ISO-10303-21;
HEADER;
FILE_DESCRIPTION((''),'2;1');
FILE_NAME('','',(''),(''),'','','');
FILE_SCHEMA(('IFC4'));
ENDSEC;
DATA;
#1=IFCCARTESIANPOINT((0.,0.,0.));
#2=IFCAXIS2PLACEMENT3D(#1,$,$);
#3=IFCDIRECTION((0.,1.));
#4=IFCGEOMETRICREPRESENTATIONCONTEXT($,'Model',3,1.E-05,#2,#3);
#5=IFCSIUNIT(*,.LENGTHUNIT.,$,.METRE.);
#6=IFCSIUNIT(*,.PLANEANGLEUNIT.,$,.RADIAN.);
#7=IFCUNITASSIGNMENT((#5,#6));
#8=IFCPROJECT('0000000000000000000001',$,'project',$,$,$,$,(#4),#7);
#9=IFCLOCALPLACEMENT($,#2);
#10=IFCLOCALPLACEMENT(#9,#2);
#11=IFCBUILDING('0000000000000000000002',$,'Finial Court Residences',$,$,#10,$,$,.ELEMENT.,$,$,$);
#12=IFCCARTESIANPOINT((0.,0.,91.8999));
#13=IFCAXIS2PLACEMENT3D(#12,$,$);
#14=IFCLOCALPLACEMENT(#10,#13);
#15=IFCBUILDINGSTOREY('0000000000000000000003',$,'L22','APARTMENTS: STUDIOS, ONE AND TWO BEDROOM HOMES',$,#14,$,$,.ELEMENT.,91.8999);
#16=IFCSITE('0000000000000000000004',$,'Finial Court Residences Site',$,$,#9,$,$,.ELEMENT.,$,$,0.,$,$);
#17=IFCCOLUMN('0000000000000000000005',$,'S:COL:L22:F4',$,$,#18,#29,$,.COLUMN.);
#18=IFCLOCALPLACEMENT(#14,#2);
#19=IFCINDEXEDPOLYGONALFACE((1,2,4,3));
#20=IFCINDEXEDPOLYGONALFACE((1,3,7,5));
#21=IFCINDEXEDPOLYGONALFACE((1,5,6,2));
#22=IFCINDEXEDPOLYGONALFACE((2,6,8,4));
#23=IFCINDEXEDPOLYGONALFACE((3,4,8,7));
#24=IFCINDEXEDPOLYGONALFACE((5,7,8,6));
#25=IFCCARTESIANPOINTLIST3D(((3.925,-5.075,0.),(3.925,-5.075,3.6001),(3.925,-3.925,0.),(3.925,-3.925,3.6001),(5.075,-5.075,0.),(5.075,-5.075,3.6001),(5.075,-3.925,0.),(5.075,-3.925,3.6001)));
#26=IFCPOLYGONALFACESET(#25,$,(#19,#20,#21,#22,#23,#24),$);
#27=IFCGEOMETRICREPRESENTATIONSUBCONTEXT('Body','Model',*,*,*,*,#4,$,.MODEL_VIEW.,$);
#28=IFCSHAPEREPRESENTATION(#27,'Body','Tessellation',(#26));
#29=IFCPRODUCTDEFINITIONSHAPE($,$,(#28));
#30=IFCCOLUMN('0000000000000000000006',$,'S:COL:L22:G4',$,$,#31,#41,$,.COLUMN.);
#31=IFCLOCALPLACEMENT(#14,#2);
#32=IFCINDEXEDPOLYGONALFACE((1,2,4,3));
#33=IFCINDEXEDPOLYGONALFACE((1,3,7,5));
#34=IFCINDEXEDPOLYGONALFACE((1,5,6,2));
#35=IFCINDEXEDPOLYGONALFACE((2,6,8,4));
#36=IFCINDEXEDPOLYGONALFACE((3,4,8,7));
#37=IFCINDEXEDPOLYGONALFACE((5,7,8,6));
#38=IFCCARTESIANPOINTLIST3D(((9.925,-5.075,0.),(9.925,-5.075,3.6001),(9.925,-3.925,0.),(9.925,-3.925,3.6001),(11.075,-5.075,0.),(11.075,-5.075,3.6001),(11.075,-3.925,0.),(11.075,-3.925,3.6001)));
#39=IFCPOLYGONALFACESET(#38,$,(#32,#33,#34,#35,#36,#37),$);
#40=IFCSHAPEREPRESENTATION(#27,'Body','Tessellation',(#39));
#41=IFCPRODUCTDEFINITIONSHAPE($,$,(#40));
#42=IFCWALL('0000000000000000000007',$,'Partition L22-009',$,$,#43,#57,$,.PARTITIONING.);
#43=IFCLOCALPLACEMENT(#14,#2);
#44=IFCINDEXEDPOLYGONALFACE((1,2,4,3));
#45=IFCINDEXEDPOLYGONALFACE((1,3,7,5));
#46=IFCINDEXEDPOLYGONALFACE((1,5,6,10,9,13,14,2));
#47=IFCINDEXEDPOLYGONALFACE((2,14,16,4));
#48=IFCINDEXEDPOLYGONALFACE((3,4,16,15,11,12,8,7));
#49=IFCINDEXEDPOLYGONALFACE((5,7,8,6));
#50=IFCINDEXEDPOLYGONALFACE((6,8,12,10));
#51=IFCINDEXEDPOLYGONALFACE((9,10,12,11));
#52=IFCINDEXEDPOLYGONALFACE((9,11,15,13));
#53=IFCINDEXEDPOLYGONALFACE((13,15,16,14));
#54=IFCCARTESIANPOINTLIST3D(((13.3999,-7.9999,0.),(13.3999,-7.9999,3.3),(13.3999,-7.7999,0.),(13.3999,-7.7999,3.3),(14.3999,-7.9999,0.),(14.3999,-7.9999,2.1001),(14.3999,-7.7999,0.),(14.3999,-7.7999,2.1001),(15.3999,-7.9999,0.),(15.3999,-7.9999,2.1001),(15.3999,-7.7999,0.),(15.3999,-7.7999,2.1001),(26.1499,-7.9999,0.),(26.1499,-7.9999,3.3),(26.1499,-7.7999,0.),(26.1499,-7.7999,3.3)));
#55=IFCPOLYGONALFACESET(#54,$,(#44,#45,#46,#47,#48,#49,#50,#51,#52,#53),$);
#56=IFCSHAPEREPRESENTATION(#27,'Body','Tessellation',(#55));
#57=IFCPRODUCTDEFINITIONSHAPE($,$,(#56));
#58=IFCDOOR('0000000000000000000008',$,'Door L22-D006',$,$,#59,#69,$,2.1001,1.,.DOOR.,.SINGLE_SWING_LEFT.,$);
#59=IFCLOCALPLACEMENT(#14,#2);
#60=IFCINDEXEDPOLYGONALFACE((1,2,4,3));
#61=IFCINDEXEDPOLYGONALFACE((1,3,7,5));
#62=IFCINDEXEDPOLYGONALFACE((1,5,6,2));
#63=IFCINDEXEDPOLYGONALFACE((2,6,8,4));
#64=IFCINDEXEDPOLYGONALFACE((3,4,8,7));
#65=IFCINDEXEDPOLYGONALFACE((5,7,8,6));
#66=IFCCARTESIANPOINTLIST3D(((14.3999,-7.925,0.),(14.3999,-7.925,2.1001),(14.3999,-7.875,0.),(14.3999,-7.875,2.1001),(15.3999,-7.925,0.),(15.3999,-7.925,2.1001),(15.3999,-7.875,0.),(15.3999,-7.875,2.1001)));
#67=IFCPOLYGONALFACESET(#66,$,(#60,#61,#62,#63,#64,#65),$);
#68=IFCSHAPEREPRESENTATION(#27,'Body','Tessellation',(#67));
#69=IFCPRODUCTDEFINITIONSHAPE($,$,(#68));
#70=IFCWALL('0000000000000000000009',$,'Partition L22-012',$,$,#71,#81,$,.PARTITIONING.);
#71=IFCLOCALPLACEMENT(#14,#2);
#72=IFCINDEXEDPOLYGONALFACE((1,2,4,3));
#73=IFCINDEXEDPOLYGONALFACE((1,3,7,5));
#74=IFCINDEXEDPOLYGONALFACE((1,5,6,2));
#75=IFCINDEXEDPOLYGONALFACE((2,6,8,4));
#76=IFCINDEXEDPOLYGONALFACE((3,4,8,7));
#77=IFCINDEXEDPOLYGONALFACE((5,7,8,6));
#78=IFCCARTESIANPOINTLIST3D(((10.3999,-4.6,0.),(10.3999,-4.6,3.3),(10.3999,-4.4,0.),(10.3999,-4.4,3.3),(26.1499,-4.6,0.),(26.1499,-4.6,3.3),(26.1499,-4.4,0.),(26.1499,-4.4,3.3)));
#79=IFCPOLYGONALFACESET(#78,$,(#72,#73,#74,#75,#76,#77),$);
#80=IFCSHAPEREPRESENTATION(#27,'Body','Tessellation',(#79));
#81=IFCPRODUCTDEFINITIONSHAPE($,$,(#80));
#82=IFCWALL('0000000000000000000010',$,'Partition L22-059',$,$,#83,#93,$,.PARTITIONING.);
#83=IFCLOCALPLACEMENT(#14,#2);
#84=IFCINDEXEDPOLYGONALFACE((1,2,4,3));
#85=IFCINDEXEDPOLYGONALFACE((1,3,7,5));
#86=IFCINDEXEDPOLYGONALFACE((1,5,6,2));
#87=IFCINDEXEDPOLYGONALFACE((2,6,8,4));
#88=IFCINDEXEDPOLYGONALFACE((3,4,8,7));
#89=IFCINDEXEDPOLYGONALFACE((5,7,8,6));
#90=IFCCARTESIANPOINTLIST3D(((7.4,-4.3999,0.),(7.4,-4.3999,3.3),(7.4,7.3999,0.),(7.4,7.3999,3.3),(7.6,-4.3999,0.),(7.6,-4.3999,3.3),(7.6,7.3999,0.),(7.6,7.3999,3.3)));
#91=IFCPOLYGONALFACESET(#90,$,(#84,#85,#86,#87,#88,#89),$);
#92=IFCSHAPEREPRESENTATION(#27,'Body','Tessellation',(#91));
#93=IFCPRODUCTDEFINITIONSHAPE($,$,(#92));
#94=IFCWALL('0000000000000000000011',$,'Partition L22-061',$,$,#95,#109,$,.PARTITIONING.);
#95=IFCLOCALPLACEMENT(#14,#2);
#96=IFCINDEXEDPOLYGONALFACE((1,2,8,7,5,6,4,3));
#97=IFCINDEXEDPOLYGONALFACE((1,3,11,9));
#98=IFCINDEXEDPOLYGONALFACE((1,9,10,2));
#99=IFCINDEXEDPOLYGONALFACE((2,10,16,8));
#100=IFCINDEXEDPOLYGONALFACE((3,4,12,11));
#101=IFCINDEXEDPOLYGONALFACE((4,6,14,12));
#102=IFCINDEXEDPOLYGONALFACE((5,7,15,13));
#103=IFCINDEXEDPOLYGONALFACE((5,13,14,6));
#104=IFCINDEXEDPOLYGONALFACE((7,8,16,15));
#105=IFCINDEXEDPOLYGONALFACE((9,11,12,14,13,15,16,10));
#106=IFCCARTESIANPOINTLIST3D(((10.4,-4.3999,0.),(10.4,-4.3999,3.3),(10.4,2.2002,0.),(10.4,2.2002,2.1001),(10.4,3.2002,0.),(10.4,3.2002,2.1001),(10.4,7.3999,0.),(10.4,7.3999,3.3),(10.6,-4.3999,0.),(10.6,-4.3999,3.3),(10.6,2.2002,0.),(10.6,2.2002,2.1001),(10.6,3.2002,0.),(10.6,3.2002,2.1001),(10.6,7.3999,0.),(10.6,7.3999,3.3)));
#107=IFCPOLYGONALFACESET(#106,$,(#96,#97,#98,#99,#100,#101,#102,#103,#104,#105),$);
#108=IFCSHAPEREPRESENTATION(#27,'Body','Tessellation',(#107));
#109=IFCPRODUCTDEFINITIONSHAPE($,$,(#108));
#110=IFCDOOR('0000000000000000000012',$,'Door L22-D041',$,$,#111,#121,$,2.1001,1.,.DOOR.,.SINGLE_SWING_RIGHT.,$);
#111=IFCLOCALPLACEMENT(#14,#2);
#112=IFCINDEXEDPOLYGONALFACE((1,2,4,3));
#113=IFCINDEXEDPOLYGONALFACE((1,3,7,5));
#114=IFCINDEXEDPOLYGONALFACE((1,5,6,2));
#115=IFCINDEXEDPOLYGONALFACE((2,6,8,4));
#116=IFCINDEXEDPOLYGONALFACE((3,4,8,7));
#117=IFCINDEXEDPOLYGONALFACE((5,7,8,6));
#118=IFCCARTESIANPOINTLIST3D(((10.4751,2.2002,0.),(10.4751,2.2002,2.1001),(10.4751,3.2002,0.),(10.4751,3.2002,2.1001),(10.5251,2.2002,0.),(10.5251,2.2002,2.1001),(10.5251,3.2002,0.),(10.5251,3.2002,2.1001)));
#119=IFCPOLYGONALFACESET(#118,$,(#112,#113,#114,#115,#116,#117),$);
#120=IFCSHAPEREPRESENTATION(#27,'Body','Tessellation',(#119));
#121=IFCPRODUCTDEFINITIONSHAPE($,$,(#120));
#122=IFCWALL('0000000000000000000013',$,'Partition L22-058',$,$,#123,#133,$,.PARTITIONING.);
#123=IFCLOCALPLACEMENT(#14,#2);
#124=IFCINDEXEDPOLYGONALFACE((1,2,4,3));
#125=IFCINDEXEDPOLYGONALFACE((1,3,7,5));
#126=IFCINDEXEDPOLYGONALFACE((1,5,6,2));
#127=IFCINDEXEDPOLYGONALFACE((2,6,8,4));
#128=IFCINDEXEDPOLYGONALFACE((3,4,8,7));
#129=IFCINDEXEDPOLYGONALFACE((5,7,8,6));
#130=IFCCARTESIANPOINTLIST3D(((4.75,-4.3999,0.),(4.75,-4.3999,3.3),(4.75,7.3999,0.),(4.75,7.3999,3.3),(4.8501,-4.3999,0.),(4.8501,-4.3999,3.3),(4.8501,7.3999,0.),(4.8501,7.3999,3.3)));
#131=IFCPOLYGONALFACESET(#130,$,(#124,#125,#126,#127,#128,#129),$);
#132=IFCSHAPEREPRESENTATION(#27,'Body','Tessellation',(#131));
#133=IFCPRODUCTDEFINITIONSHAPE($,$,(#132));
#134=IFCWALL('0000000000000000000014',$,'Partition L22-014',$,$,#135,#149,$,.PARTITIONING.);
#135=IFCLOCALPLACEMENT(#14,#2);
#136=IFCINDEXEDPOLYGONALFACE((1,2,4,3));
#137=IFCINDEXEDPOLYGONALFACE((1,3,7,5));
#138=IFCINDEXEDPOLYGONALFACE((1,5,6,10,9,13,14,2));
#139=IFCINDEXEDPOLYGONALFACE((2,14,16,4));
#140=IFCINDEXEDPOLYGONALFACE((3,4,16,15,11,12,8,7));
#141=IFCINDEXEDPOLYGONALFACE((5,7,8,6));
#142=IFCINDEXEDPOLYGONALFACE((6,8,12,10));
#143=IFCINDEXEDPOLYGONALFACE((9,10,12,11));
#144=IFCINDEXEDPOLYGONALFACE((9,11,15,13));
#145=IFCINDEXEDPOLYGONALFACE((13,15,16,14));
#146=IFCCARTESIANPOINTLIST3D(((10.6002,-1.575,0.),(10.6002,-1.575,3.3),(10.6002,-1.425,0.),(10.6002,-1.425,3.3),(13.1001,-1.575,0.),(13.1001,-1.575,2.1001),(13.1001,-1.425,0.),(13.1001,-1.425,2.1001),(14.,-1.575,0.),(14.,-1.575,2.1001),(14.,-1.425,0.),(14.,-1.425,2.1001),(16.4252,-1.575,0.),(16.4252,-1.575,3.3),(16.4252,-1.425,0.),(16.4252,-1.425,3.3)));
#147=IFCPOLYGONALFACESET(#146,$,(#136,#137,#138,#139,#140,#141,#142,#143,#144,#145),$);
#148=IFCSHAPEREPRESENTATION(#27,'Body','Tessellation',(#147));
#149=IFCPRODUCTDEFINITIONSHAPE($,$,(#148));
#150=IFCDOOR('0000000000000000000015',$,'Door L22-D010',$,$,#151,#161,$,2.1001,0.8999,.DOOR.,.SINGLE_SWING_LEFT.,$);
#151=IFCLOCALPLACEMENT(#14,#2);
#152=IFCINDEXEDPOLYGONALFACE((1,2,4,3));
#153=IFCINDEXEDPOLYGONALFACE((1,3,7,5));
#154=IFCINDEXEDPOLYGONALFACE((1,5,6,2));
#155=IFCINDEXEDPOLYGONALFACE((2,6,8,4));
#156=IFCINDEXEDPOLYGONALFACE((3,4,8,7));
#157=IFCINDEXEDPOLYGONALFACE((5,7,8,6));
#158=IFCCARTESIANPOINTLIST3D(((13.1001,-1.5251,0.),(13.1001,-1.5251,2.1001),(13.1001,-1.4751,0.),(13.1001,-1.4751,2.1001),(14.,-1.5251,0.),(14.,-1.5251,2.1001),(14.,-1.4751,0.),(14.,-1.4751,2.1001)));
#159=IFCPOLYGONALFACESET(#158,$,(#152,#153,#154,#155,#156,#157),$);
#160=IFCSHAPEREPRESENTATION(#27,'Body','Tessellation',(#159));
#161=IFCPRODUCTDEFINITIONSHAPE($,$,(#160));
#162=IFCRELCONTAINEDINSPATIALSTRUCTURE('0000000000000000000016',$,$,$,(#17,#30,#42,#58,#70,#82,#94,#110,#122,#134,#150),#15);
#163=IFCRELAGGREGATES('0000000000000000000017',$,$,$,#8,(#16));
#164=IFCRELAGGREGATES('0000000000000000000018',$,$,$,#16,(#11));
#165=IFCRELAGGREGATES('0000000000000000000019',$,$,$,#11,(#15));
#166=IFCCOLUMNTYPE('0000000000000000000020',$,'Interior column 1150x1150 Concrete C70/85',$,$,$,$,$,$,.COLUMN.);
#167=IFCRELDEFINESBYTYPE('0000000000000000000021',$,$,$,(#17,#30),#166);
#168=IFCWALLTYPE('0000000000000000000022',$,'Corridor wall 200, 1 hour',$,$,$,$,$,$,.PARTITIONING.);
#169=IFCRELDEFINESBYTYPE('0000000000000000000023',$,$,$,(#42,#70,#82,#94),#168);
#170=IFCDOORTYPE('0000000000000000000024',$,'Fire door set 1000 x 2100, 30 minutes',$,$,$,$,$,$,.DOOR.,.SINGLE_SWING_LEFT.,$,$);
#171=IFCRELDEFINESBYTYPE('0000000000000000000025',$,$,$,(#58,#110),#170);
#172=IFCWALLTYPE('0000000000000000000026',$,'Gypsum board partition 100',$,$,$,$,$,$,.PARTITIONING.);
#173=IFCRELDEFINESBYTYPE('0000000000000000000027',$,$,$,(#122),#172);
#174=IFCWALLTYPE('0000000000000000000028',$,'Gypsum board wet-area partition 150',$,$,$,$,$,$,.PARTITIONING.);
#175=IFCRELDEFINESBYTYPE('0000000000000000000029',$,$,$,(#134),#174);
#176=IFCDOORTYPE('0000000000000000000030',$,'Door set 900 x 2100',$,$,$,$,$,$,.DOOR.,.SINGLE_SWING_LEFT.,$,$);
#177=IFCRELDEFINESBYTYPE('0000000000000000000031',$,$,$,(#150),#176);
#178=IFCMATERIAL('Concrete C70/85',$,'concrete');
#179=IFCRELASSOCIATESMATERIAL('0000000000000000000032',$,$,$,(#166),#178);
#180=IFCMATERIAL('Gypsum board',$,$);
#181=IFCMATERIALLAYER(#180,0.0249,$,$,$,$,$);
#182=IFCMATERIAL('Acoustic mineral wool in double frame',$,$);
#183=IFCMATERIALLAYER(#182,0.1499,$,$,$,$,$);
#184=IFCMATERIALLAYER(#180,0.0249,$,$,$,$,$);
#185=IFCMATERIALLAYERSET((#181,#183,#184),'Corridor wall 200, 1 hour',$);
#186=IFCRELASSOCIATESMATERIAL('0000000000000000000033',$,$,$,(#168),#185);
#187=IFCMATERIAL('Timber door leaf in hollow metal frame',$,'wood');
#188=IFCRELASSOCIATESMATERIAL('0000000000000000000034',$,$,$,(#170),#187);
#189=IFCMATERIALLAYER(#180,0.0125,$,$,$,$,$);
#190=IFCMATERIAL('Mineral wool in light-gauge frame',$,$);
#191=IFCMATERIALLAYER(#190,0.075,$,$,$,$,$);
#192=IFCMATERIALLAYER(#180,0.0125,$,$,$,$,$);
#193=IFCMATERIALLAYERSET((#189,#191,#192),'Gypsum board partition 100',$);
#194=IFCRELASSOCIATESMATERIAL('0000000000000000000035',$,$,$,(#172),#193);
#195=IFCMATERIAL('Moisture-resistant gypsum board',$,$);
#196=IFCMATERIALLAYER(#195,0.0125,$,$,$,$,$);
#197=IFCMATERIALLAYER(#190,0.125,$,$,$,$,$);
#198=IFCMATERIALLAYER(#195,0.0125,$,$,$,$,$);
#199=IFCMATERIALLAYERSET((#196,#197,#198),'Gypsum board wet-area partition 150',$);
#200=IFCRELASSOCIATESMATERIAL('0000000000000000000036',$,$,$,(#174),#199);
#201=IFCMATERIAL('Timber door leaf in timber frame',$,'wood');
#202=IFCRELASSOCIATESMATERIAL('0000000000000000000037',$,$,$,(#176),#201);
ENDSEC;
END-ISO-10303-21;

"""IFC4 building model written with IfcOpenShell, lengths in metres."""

from ifc_helpers import new_model, si_unit, direction, frame, frame_2d, origin, origin_2d, place, context, subcontext, project, spatial, rectangle, extrude, material, layer, layer_set, material_profile, profile_set, type_object, element, fill, save


model = new_model("IFC4")

# Units and contexts
model_context = context("Model", 3, precision=1e-05, world=origin(), true_north=direction((0.0, 1.0)))
body_context = subcontext(model_context, "Body", "Model", "MODEL_VIEW")
ifc_project = project(units=[si_unit("LENGTHUNIT", "METRE"), si_unit("PLANEANGLEUNIT", "RADIAN")], contexts=[model_context])

# Site, building, storey
site_placement = place(None, origin())
site = spatial("IfcSite", under=ifc_project, at=site_placement, Name="Finial Court Residences Site", CompositionType="ELEMENT", RefElevation=0.0)
building_placement = place(site_placement, origin())
building = spatial("IfcBuilding", under=site, at=building_placement, Name="Finial Court Residences", CompositionType="ELEMENT")
storey_placement = place(building_placement, frame((0.0, 0.0, 91.8999)))
storey = spatial("IfcBuildingStorey", under=building, at=storey_placement, Name="L22", Description="APARTMENTS: STUDIOS, ONE AND TWO BEDROOM HOMES", CompositionType="ELEMENT", Elevation=91.8999)

# Columns
ifc_material_1 = material(Name="Concrete C70/85", Category="concrete")
ifc_material_profile = material_profile(ifc_material_1, rectangle(XDim=1.1499, YDim=1.1499, at=origin_2d()), Name="1150x1150")
ifc_profile_set = profile_set([ifc_material_profile], Name="Concrete C70/85")
column_type = type_object("IfcColumnType", Name="Interior column 1150x1150 Concrete C70/85", PredefinedType="COLUMN", material=ifc_profile_set)
for number, where, z_axis, x_axis, name in (
    (1, (4.5, -4.5, 0.0), (0.0, 0.0, 1.0), (1.0, 0.0, 0.0), "S:COL:L22:F4"),
    (2, (10.5, -4.5, 0.0), (0.0, 0.0, 1.0), (1.0, 0.0, 0.0), "S:COL:L22:G4"),
):
    element("IfcColumn", number, at=place(storey_placement, frame(where, z_axis=z_axis, x_axis=x_axis)), inside=storey, type_object=column_type, Name=name, PredefinedType="COLUMN", context=body_context, shape_type="SweptSolid", body=[
        extrude(rectangle(XDim=1.1499, YDim=1.1499, at=origin_2d()), origin(), (0.0, 0.0, 1.0), 3.6001),
    ])

# Wall, opening, door
ifc_material_2 = material(Name="Gypsum board")
ifc_layer_1 = layer(ifc_material_2, 0.0249)
ifc_material_3 = material(Name="Acoustic mineral wool in double frame")
ifc_layer_2 = layer(ifc_material_3, 0.1499)
ifc_layer_3 = layer(ifc_material_2, 0.0249)
ifc_layer_set_1 = layer_set([ifc_layer_1, ifc_layer_2, ifc_layer_3], Name="Corridor wall 200, 1 hour")
wall_type_1 = type_object("IfcWallType", Name="Corridor wall 200, 1 hour", PredefinedType="PARTITIONING", material=ifc_layer_set_1)
wall_1_placement = place(storey_placement, frame((13.3999, -7.8999, 0.0), z_axis=(0.0, 0.0, 1.0), x_axis=(1.0, 0.0, 0.0)))
wall_1 = element("IfcWall", 3, at=wall_1_placement, inside=storey, type_object=wall_type_1, Name="Partition L22-009", PredefinedType="PARTITIONING", context=body_context, shape_type="SweptSolid", body=[
    extrude(rectangle(XDim=12.75, YDim=0.2, at=frame_2d((6.375, 0.0))), origin(), (0.0, 0.0, 1.0), 3.3),
])
opening_1_placement = place(wall_1_placement, frame((1.0, 0.0, 0.0)))
opening_1 = element("IfcOpeningElement", 4, at=opening_1_placement, cuts=wall_1, PredefinedType="OPENING", context=body_context, shape_type="SweptSolid", body=[
    extrude(rectangle(XDim=1.0, YDim=2.1001, at=frame_2d((0.5, 1.05))), frame((0.0, 0.1099, 0.0), z_axis=(0.0, -1.0, 0.0), x_axis=(1.0, 0.0, 0.0)), (0.0, 0.0, 1.0), 0.22),
])
ifc_material_4 = material(Name="Timber door leaf in hollow metal frame", Category="wood")
door_type_1 = type_object("IfcDoorType", Name="Fire door set 1000 x 2100, 30 minutes", OperationType="SINGLE_SWING_LEFT", PredefinedType="DOOR", material=ifc_material_4)
door_1_placement = place(opening_1_placement, origin())
door_1 = element("IfcDoor", 5, at=door_1_placement, inside=storey, type_object=door_type_1, Name="Door L22-D006", OperationType="SINGLE_SWING_LEFT", OverallHeight=2.1001, OverallWidth=1.0, PredefinedType="DOOR", context=body_context, shape_type="SweptSolid", body=[
    extrude(rectangle(XDim=1.0, YDim=2.1001, at=frame_2d((0.5, 1.05))), frame((0.0, 0.0249, 0.0), z_axis=(0.0, -1.0, 0.0), x_axis=(1.0, 0.0, 0.0)), (0.0, 0.0, 1.0), 0.05),
])
fill(opening_1, door_1)

# Walls
wall_2_placement = place(storey_placement, frame((10.3999, -4.5, 0.0), z_axis=(0.0, 0.0, 1.0), x_axis=(1.0, 0.0, 0.0)))
element("IfcWall", 6, at=wall_2_placement, inside=storey, type_object=wall_type_1, Name="Partition L22-012", PredefinedType="PARTITIONING", context=body_context, shape_type="SweptSolid", body=[
    extrude(rectangle(XDim=15.75, YDim=0.2, at=frame_2d((7.875, 0.0))), origin(), (0.0, 0.0, 1.0), 3.3),
])
wall_3_placement = place(storey_placement, frame((7.5, -4.3999, 0.0), z_axis=(0.0, 0.0, 1.0), x_axis=(0.0, 1.0, 0.0)))
element("IfcWall", 7, at=wall_3_placement, inside=storey, type_object=wall_type_1, Name="Partition L22-059", PredefinedType="PARTITIONING", context=body_context, shape_type="SweptSolid", body=[
    extrude(rectangle(XDim=11.7998, YDim=0.2, at=frame_2d((5.8999, 0.0))), origin(), (0.0, 0.0, 1.0), 3.3),
])

# Wall, opening, door
wall_4_placement = place(storey_placement, frame((10.5, -4.3999, 0.0), z_axis=(0.0, 0.0, 1.0), x_axis=(0.0, 1.0, 0.0)))
wall_4 = element("IfcWall", 8, at=wall_4_placement, inside=storey, type_object=wall_type_1, Name="Partition L22-061", PredefinedType="PARTITIONING", context=body_context, shape_type="SweptSolid", body=[
    extrude(rectangle(XDim=11.7998, YDim=0.2, at=frame_2d((5.8999, 0.0))), origin(), (0.0, 0.0, 1.0), 3.3),
])
opening_2_placement = place(wall_4_placement, frame((6.6001, 0.0, 0.0)))
opening_2 = element("IfcOpeningElement", 9, at=opening_2_placement, cuts=wall_4, PredefinedType="OPENING", context=body_context, shape_type="SweptSolid", body=[
    extrude(rectangle(XDim=1.0, YDim=2.1001, at=frame_2d((0.5, 1.05))), frame((0.0, 0.1099, 0.0), z_axis=(0.0, -1.0, 0.0), x_axis=(1.0, 0.0, 0.0)), (0.0, 0.0, 1.0), 0.22),
])
door_2_placement = place(opening_2_placement, origin())
door_2 = element("IfcDoor", 10, at=door_2_placement, inside=storey, type_object=door_type_1, Name="Door L22-D041", OperationType="SINGLE_SWING_RIGHT", OverallHeight=2.1001, OverallWidth=1.0, PredefinedType="DOOR", context=body_context, shape_type="SweptSolid", body=[
    extrude(rectangle(XDim=1.0, YDim=2.1001, at=frame_2d((0.5, 1.05))), frame((0.0, 0.0249, 0.0), z_axis=(0.0, -1.0, 0.0), x_axis=(1.0, 0.0, 0.0)), (0.0, 0.0, 1.0), 0.05),
])
fill(opening_2, door_2)

# Wall
ifc_layer_4 = layer(ifc_material_2, 0.0125)
ifc_material_5 = material(Name="Mineral wool in light-gauge frame")
ifc_layer_5 = layer(ifc_material_5, 0.075)
ifc_layer_6 = layer(ifc_material_2, 0.0125)
ifc_layer_set_2 = layer_set([ifc_layer_4, ifc_layer_5, ifc_layer_6], Name="Gypsum board partition 100")
wall_type_2 = type_object("IfcWallType", Name="Gypsum board partition 100", PredefinedType="PARTITIONING", material=ifc_layer_set_2)
wall_5_placement = place(storey_placement, frame((4.8, -4.3999, 0.0), z_axis=(0.0, 0.0, 1.0), x_axis=(0.0, 1.0, 0.0)))
element("IfcWall", 11, at=wall_5_placement, inside=storey, type_object=wall_type_2, Name="Partition L22-058", PredefinedType="PARTITIONING", context=body_context, shape_type="SweptSolid", body=[
    extrude(rectangle(XDim=11.7998, YDim=0.1001, at=frame_2d((5.8999, 0.0))), origin(), (0.0, 0.0, 1.0), 3.3),
])

# Wall, opening, door
ifc_material_6 = material(Name="Moisture-resistant gypsum board")
ifc_layer_7 = layer(ifc_material_6, 0.0125)
ifc_layer_8 = layer(ifc_material_5, 0.125)
ifc_layer_9 = layer(ifc_material_6, 0.0125)
ifc_layer_set_3 = layer_set([ifc_layer_7, ifc_layer_8, ifc_layer_9], Name="Gypsum board wet-area partition 150")
wall_type_3 = type_object("IfcWallType", Name="Gypsum board wet-area partition 150", PredefinedType="PARTITIONING", material=ifc_layer_set_3)
wall_6_placement = place(storey_placement, frame((10.6001, -1.5, 0.0), z_axis=(0.0, 0.0, 1.0), x_axis=(1.0, 0.0, 0.0)))
wall_6 = element("IfcWall", 12, at=wall_6_placement, inside=storey, type_object=wall_type_3, Name="Partition L22-014", PredefinedType="PARTITIONING", context=body_context, shape_type="SweptSolid", body=[
    extrude(rectangle(XDim=5.825, YDim=0.1499, at=frame_2d((2.9126, 0.0))), origin(), (0.0, 0.0, 1.0), 3.3),
])
opening_3_placement = place(wall_6_placement, frame((2.5, 0.0, 0.0)))
opening_3 = element("IfcOpeningElement", 13, at=opening_3_placement, cuts=wall_6, PredefinedType="OPENING", context=body_context, shape_type="SweptSolid", body=[
    extrude(rectangle(XDim=0.8999, YDim=2.1001, at=frame_2d((0.45, 1.05))), frame((0.0, 0.085, 0.0), z_axis=(0.0, -1.0, 0.0), x_axis=(1.0, 0.0, 0.0)), (0.0, 0.0, 1.0), 0.1699),
])
ifc_material_7 = material(Name="Timber door leaf in timber frame", Category="wood")
door_type_2 = type_object("IfcDoorType", Name="Door set 900 x 2100", OperationType="SINGLE_SWING_LEFT", PredefinedType="DOOR", material=ifc_material_7)
door_3_placement = place(opening_3_placement, origin())
door_3 = element("IfcDoor", 14, at=door_3_placement, inside=storey, type_object=door_type_2, Name="Door L22-D010", OperationType="SINGLE_SWING_LEFT", OverallHeight=2.1001, OverallWidth=0.8999, PredefinedType="DOOR", context=body_context, shape_type="SweptSolid", body=[
    extrude(rectangle(XDim=0.8999, YDim=2.1001, at=frame_2d((0.45, 1.05))), frame((0.0, 0.0249, 0.0), z_axis=(0.0, -1.0, 0.0), x_axis=(1.0, 0.0, 0.0)), (0.0, 0.0, 1.0), 0.05),
])
fill(opening_3, door_3)

save(model, "model.ifc")
